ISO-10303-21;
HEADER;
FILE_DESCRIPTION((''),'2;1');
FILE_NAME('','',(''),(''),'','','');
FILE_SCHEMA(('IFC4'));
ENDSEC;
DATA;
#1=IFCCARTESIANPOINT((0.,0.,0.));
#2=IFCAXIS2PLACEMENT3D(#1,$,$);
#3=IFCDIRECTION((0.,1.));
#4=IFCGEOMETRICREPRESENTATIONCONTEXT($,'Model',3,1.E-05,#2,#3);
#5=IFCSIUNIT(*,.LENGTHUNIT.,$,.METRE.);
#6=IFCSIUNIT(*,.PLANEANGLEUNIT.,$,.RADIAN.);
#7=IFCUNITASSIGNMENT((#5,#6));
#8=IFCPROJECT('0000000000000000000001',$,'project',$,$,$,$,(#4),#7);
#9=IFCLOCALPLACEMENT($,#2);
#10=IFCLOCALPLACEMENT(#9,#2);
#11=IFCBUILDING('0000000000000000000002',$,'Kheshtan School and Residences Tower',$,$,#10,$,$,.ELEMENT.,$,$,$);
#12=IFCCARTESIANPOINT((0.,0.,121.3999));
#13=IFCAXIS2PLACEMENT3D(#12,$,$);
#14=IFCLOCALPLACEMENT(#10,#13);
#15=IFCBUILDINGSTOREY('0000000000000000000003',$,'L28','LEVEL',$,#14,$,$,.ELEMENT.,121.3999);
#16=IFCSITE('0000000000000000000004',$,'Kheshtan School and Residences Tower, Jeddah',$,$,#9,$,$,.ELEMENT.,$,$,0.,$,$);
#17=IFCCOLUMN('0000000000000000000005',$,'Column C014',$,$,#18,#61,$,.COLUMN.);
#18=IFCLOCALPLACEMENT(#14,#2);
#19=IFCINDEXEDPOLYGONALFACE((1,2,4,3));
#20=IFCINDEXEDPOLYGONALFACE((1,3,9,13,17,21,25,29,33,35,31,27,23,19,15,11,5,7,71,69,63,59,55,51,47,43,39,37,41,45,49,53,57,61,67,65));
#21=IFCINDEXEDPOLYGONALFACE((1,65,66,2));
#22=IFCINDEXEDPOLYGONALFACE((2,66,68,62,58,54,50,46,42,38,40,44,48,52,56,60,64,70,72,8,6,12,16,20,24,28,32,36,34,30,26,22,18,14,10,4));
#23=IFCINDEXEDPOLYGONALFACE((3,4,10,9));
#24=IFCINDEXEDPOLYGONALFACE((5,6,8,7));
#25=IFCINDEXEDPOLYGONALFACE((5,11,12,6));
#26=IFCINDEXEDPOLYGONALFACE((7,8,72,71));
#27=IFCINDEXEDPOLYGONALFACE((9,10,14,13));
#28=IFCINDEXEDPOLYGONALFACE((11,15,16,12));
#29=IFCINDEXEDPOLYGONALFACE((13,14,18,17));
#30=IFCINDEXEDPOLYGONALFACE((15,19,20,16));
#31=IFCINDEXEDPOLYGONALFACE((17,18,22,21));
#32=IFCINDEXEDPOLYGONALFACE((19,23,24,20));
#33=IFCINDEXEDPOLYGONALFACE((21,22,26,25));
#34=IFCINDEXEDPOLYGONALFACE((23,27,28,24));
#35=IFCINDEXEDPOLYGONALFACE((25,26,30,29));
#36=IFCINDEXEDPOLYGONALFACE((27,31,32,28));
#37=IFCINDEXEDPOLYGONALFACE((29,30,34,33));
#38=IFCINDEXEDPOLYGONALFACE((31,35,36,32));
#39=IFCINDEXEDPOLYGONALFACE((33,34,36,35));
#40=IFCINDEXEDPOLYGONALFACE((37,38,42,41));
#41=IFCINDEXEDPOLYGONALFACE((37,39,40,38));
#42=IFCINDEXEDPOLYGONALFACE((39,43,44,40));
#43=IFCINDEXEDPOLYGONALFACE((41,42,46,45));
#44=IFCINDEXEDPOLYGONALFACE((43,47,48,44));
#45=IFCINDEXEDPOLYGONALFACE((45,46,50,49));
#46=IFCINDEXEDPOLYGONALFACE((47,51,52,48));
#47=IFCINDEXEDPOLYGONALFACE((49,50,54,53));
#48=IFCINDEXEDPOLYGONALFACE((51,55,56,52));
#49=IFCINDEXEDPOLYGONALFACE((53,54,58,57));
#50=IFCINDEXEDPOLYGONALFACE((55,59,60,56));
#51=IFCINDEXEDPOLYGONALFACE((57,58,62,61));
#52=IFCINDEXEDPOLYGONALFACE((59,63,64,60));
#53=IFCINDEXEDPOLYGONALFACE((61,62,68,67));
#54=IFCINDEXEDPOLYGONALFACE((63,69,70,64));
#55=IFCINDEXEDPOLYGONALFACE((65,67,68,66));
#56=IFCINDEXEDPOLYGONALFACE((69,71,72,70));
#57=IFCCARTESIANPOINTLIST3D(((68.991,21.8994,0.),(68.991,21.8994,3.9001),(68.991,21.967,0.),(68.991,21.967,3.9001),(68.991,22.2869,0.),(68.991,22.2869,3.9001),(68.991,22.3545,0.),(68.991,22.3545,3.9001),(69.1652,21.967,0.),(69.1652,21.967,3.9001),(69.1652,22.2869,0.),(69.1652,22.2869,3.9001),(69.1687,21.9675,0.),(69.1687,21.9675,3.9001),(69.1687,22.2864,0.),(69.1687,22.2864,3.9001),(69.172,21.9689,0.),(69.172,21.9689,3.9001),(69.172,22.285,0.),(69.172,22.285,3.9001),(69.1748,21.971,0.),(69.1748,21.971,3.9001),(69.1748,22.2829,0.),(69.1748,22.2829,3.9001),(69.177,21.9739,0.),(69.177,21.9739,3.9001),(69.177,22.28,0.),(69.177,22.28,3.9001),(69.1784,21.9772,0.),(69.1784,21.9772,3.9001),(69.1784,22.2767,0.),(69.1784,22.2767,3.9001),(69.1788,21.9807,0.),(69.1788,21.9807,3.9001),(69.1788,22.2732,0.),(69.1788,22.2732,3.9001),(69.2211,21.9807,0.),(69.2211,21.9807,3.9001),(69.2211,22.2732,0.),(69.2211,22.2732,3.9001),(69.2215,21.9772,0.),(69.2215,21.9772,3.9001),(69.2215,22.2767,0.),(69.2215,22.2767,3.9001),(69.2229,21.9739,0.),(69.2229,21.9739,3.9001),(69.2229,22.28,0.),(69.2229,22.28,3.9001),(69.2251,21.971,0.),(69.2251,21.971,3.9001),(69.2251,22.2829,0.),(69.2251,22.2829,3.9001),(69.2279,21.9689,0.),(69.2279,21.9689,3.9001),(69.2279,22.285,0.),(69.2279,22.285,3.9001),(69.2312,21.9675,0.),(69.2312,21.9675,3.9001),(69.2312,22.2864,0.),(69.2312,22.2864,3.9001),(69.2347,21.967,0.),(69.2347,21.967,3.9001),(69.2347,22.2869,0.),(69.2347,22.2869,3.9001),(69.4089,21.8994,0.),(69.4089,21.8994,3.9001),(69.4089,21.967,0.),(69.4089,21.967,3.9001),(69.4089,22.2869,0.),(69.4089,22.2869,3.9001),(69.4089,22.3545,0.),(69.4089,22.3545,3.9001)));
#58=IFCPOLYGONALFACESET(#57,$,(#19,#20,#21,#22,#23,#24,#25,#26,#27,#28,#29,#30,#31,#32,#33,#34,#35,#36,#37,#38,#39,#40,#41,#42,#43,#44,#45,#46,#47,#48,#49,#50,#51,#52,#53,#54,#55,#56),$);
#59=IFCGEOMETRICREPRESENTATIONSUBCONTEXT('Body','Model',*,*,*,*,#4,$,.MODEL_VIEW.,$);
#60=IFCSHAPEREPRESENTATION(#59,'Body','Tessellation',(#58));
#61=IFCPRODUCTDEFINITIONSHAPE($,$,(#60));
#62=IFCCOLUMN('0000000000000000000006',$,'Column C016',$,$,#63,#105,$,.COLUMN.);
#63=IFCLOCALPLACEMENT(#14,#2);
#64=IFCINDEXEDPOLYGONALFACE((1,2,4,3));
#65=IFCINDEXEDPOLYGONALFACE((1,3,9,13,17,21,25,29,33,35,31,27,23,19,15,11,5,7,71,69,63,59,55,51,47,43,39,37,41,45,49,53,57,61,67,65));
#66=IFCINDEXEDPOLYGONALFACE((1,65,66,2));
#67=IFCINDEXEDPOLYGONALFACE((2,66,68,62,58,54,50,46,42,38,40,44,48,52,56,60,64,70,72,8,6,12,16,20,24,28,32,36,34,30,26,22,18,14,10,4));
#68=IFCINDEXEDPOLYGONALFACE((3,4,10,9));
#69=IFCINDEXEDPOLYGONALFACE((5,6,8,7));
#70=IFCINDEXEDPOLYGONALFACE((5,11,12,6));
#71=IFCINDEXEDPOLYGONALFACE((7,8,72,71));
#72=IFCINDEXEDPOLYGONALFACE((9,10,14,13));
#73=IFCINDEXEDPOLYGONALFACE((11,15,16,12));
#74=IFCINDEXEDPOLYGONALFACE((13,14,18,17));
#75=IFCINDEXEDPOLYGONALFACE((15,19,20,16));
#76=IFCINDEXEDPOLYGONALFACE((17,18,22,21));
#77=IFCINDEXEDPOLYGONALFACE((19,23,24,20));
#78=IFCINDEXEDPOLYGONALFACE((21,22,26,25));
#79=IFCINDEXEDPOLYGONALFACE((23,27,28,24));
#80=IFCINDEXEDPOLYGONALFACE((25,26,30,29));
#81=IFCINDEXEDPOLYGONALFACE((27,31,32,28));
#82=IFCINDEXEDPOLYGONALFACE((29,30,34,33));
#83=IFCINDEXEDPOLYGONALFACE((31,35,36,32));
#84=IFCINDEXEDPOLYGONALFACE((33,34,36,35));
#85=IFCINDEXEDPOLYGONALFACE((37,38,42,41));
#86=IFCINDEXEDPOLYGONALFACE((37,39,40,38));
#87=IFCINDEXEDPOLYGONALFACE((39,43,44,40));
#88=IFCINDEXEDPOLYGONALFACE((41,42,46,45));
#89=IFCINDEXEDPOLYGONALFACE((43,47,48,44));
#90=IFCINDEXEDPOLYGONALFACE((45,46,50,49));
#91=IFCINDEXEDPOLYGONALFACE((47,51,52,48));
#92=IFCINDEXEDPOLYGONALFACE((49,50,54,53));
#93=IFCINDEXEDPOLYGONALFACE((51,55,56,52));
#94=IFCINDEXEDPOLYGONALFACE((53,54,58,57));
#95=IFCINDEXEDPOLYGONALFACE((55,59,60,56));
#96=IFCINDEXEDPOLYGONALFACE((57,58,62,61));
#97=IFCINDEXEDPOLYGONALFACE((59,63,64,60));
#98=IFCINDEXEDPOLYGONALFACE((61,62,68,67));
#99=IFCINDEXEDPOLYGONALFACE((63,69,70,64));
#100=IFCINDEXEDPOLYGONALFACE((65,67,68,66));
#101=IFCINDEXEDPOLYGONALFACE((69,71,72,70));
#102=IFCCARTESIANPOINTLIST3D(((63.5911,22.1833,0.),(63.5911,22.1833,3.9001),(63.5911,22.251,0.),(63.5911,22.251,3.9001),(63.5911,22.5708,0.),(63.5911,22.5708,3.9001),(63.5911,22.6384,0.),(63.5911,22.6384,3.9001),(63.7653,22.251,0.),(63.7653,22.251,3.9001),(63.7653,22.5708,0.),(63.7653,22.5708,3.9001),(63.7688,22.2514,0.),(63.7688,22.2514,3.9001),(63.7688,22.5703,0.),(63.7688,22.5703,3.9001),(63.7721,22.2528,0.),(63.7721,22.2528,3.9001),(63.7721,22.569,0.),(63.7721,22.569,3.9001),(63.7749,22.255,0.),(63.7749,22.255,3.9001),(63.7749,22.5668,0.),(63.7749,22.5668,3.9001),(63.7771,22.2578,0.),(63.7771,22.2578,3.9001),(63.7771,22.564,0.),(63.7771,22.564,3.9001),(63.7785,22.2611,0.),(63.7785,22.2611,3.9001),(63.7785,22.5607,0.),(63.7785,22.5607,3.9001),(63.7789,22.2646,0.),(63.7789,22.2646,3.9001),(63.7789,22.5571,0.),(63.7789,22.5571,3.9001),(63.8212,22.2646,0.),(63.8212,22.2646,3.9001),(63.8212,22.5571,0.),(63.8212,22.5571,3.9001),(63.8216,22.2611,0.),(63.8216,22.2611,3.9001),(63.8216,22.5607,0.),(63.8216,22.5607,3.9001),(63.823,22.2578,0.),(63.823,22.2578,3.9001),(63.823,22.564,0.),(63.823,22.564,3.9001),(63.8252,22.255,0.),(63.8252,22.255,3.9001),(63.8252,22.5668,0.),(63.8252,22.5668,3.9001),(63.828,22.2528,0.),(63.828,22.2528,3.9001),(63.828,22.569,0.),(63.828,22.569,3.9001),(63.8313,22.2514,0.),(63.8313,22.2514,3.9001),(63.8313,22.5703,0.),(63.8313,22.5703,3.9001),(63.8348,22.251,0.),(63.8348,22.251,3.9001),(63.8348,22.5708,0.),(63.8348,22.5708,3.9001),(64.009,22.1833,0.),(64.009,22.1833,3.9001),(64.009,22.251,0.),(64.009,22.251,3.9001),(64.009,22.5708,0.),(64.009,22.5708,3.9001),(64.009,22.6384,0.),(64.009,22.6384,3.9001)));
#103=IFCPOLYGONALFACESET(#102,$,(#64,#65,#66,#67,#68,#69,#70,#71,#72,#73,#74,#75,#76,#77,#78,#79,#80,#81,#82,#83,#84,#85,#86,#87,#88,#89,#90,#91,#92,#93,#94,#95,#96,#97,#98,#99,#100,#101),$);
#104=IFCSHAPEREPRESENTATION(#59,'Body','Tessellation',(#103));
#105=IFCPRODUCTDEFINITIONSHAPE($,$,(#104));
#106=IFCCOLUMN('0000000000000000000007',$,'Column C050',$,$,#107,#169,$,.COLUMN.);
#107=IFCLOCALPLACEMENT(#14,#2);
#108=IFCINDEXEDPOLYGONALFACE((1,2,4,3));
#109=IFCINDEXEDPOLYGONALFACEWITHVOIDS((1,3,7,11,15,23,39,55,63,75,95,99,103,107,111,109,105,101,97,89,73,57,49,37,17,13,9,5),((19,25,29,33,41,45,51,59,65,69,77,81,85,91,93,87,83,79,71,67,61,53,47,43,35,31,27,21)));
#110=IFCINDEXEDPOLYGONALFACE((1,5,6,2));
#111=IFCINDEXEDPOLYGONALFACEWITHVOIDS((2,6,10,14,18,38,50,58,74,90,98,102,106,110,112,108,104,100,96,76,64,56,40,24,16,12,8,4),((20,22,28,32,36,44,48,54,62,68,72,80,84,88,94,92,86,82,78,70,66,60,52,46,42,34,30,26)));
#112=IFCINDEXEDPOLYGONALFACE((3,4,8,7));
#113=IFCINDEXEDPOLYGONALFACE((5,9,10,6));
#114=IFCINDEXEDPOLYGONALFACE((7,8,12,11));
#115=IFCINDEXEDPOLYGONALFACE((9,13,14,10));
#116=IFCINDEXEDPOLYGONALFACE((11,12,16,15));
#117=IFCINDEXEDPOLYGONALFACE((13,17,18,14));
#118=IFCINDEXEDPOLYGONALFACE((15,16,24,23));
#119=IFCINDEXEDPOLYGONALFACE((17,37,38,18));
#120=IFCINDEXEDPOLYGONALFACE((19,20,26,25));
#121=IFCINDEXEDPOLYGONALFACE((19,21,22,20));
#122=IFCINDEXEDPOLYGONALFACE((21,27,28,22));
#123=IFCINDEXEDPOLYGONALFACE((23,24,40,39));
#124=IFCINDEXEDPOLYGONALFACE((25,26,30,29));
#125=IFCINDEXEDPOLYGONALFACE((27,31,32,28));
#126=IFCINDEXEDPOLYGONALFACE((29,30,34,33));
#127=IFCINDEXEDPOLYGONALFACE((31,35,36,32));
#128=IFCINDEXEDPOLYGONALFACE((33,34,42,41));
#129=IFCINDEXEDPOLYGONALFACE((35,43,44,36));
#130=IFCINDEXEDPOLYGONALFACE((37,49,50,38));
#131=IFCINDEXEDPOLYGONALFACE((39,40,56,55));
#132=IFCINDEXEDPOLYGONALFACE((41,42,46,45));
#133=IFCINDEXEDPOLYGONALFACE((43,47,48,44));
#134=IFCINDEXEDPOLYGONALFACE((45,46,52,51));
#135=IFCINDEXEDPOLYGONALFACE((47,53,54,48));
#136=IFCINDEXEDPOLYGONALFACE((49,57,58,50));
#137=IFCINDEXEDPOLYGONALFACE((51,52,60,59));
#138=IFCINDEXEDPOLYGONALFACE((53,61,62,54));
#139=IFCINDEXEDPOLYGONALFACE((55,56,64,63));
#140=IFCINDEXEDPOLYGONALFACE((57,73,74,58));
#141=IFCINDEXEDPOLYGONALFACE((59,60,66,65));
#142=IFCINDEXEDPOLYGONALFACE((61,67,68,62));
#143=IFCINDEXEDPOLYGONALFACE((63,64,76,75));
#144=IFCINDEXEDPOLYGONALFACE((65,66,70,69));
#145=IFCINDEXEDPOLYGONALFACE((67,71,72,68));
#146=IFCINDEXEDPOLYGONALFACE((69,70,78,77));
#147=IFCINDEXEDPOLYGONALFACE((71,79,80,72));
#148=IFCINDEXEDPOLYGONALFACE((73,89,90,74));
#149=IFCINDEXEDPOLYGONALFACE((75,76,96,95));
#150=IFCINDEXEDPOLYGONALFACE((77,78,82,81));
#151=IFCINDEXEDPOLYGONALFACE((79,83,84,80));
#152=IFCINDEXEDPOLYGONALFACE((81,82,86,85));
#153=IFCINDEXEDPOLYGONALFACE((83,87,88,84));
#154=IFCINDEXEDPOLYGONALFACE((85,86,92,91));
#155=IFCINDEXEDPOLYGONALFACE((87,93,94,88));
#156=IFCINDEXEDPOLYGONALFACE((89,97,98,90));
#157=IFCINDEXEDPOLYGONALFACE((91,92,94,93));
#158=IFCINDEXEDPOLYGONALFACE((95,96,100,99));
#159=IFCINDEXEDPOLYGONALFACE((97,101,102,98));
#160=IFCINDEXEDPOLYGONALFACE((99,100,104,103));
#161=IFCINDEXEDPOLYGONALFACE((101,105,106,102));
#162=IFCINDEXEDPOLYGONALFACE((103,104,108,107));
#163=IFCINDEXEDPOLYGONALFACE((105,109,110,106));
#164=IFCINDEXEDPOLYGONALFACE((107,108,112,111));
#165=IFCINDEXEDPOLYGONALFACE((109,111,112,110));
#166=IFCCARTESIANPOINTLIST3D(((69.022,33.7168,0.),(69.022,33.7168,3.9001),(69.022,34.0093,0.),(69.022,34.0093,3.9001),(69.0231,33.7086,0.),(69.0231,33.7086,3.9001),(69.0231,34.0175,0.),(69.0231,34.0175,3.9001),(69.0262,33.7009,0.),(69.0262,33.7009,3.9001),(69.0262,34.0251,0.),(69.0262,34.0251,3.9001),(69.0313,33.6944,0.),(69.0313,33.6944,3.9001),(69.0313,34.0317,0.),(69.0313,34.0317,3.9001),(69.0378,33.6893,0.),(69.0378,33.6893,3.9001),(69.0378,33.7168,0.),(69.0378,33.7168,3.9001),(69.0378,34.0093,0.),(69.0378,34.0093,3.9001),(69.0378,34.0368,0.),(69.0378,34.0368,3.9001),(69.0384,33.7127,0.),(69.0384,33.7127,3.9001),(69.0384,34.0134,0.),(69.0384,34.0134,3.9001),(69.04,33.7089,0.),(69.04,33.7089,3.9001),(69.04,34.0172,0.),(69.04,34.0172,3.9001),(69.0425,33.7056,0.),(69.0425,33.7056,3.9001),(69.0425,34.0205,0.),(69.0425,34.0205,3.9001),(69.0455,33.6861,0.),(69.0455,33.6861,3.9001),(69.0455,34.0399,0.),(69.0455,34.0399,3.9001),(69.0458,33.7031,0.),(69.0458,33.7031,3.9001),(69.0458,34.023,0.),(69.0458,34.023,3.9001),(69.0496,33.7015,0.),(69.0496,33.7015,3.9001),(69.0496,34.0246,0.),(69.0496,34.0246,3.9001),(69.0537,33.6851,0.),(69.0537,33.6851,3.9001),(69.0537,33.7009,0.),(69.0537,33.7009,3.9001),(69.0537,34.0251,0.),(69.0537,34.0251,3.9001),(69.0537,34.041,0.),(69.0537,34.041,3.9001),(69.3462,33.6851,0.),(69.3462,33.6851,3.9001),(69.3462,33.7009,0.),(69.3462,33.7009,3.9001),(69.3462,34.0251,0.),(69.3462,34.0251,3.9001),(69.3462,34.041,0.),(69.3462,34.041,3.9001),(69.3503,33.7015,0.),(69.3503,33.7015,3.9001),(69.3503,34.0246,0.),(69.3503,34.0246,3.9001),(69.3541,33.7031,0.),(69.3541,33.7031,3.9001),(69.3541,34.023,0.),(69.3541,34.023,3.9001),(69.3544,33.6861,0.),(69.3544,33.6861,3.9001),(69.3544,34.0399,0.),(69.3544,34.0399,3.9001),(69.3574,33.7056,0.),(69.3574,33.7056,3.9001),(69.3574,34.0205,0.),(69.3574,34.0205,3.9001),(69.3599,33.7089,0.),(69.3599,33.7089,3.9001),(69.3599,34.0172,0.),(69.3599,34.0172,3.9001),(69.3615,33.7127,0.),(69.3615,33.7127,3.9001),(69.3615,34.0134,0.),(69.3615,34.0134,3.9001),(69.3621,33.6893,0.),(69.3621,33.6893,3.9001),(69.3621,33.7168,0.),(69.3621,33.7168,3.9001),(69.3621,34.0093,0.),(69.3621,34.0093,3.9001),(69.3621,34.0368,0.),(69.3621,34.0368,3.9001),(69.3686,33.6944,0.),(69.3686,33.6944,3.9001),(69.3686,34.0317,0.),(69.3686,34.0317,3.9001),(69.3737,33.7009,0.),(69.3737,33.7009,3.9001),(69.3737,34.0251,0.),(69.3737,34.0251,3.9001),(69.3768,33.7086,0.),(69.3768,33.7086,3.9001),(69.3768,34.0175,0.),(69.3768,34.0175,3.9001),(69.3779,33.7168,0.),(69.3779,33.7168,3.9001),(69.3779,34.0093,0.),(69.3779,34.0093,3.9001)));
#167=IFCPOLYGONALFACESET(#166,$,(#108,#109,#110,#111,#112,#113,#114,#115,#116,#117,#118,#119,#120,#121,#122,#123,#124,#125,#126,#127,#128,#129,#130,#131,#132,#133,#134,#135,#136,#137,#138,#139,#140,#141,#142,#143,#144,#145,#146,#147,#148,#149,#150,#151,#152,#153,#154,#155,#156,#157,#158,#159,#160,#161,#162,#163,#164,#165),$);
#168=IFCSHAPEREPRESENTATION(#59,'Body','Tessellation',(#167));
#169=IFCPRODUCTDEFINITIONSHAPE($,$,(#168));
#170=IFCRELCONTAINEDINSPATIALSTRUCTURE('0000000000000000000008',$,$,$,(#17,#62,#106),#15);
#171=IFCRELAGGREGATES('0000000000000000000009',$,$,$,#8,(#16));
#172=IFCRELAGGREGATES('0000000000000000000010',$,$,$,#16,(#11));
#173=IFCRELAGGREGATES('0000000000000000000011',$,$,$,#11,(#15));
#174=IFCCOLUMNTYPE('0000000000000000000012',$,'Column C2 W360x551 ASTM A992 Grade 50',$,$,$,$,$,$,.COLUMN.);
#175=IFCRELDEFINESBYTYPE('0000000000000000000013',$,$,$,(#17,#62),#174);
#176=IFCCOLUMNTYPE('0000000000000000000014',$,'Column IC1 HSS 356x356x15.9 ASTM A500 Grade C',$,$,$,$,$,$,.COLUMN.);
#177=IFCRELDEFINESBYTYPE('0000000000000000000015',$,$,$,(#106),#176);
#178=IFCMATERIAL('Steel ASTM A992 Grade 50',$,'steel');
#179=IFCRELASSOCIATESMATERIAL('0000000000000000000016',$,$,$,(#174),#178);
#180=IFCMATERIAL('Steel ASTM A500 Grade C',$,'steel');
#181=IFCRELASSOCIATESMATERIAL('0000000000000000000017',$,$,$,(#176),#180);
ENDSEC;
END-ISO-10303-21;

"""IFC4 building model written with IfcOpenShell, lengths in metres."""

from ifc_helpers import new_model, si_unit, direction, frame, origin, origin_2d, place, context, subcontext, project, spatial, hollow_rectangle, i_section, extrude, material, material_profile, profile_set, type_object, element, save


model = new_model("IFC4")

# Units and contexts
model_context = context("Model", 3, precision=1e-05, world=origin(), true_north=direction((0.0, 1.0)))
body_context = subcontext(model_context, "Body", "Model", "MODEL_VIEW")
ifc_project = project(units=[si_unit("LENGTHUNIT", "METRE"), si_unit("PLANEANGLEUNIT", "RADIAN")], contexts=[model_context])

# Site, building, storey
site_placement = place(None, origin())
site = spatial("IfcSite", under=ifc_project, at=site_placement, Name="Kheshtan School and Residences Tower, Jeddah", CompositionType="ELEMENT", RefElevation=0.0)
building_placement = place(site_placement, origin())
building = spatial("IfcBuilding", under=site, at=building_placement, Name="Kheshtan School and Residences Tower", CompositionType="ELEMENT")
storey_placement = place(building_placement, frame((0.0, 0.0, 121.3999)))
storey = spatial("IfcBuildingStorey", under=building, at=storey_placement, Name="L28", Description="LEVEL", CompositionType="ELEMENT", Elevation=121.3999)

# Columns
ifc_material_1 = material(Name="Steel ASTM A992 Grade 50", Category="steel")
ifc_material_profile_1 = material_profile(ifc_material_1, i_section(OverallWidth=0.418, OverallDepth=0.4551, WebThickness=0.0422, FlangeThickness=0.0676, FilletRadius=0.0137, at=origin_2d()), Name="W360x551")
ifc_profile_set_1 = profile_set([ifc_material_profile_1], Name="Steel ASTM A992 Grade 50")
column_type_1 = type_object("IfcColumnType", Name="Column C2 W360x551 ASTM A992 Grade 50", PredefinedType="COLUMN", material=ifc_profile_set_1)
for number, where, z_axis, x_axis, name in (
    (1, (69.2, 22.127, 0.0), (0.0, 0.0, 1.0), (1.0, 0.0, 0.0), "Column C014"),
    (2, (63.8, 22.4109, 0.0), (0.0, 0.0, 1.0), (1.0, 0.0, 0.0), "Column C016"),
):
    element("IfcColumn", number, at=place(storey_placement, frame(where, z_axis=z_axis, x_axis=x_axis)), inside=storey, type_object=column_type_1, Name=name, PredefinedType="COLUMN", context=body_context, shape_type="SweptSolid", body=[
        extrude(i_section(OverallWidth=0.418, OverallDepth=0.4551, WebThickness=0.0422, FlangeThickness=0.0676, FilletRadius=0.0137, at=origin_2d()), origin(), (0.0, 0.0, 1.0), 3.9001),
    ])
ifc_material_2 = material(Name="Steel ASTM A500 Grade C", Category="steel")
ifc_material_profile_2 = material_profile(ifc_material_2, hollow_rectangle(XDim=0.356, YDim=0.356, WallThickness=0.0159, InnerFilletRadius=0.0159, OuterFilletRadius=0.0317, at=origin_2d()), Name="HSS 356x356x15.9")
ifc_profile_set_2 = profile_set([ifc_material_profile_2], Name="Steel ASTM A500 Grade C")
column_type_2 = type_object("IfcColumnType", Name="Column IC1 HSS 356x356x15.9 ASTM A500 Grade C", PredefinedType="COLUMN", material=ifc_profile_set_2)
column_placement = place(storey_placement, frame((69.2, 33.863, 0.0), z_axis=(0.0, 0.0, 1.0), x_axis=(1.0, 0.0, 0.0)))
element("IfcColumn", 3, at=column_placement, inside=storey, type_object=column_type_2, Name="Column C050", PredefinedType="COLUMN", context=body_context, shape_type="SweptSolid", body=[
    extrude(hollow_rectangle(XDim=0.356, YDim=0.356, WallThickness=0.0159, InnerFilletRadius=0.0159, OuterFilletRadius=0.0317, at=origin_2d()), origin(), (0.0, 0.0, 1.0), 3.9001),
])

save(model, "model.ifc")
